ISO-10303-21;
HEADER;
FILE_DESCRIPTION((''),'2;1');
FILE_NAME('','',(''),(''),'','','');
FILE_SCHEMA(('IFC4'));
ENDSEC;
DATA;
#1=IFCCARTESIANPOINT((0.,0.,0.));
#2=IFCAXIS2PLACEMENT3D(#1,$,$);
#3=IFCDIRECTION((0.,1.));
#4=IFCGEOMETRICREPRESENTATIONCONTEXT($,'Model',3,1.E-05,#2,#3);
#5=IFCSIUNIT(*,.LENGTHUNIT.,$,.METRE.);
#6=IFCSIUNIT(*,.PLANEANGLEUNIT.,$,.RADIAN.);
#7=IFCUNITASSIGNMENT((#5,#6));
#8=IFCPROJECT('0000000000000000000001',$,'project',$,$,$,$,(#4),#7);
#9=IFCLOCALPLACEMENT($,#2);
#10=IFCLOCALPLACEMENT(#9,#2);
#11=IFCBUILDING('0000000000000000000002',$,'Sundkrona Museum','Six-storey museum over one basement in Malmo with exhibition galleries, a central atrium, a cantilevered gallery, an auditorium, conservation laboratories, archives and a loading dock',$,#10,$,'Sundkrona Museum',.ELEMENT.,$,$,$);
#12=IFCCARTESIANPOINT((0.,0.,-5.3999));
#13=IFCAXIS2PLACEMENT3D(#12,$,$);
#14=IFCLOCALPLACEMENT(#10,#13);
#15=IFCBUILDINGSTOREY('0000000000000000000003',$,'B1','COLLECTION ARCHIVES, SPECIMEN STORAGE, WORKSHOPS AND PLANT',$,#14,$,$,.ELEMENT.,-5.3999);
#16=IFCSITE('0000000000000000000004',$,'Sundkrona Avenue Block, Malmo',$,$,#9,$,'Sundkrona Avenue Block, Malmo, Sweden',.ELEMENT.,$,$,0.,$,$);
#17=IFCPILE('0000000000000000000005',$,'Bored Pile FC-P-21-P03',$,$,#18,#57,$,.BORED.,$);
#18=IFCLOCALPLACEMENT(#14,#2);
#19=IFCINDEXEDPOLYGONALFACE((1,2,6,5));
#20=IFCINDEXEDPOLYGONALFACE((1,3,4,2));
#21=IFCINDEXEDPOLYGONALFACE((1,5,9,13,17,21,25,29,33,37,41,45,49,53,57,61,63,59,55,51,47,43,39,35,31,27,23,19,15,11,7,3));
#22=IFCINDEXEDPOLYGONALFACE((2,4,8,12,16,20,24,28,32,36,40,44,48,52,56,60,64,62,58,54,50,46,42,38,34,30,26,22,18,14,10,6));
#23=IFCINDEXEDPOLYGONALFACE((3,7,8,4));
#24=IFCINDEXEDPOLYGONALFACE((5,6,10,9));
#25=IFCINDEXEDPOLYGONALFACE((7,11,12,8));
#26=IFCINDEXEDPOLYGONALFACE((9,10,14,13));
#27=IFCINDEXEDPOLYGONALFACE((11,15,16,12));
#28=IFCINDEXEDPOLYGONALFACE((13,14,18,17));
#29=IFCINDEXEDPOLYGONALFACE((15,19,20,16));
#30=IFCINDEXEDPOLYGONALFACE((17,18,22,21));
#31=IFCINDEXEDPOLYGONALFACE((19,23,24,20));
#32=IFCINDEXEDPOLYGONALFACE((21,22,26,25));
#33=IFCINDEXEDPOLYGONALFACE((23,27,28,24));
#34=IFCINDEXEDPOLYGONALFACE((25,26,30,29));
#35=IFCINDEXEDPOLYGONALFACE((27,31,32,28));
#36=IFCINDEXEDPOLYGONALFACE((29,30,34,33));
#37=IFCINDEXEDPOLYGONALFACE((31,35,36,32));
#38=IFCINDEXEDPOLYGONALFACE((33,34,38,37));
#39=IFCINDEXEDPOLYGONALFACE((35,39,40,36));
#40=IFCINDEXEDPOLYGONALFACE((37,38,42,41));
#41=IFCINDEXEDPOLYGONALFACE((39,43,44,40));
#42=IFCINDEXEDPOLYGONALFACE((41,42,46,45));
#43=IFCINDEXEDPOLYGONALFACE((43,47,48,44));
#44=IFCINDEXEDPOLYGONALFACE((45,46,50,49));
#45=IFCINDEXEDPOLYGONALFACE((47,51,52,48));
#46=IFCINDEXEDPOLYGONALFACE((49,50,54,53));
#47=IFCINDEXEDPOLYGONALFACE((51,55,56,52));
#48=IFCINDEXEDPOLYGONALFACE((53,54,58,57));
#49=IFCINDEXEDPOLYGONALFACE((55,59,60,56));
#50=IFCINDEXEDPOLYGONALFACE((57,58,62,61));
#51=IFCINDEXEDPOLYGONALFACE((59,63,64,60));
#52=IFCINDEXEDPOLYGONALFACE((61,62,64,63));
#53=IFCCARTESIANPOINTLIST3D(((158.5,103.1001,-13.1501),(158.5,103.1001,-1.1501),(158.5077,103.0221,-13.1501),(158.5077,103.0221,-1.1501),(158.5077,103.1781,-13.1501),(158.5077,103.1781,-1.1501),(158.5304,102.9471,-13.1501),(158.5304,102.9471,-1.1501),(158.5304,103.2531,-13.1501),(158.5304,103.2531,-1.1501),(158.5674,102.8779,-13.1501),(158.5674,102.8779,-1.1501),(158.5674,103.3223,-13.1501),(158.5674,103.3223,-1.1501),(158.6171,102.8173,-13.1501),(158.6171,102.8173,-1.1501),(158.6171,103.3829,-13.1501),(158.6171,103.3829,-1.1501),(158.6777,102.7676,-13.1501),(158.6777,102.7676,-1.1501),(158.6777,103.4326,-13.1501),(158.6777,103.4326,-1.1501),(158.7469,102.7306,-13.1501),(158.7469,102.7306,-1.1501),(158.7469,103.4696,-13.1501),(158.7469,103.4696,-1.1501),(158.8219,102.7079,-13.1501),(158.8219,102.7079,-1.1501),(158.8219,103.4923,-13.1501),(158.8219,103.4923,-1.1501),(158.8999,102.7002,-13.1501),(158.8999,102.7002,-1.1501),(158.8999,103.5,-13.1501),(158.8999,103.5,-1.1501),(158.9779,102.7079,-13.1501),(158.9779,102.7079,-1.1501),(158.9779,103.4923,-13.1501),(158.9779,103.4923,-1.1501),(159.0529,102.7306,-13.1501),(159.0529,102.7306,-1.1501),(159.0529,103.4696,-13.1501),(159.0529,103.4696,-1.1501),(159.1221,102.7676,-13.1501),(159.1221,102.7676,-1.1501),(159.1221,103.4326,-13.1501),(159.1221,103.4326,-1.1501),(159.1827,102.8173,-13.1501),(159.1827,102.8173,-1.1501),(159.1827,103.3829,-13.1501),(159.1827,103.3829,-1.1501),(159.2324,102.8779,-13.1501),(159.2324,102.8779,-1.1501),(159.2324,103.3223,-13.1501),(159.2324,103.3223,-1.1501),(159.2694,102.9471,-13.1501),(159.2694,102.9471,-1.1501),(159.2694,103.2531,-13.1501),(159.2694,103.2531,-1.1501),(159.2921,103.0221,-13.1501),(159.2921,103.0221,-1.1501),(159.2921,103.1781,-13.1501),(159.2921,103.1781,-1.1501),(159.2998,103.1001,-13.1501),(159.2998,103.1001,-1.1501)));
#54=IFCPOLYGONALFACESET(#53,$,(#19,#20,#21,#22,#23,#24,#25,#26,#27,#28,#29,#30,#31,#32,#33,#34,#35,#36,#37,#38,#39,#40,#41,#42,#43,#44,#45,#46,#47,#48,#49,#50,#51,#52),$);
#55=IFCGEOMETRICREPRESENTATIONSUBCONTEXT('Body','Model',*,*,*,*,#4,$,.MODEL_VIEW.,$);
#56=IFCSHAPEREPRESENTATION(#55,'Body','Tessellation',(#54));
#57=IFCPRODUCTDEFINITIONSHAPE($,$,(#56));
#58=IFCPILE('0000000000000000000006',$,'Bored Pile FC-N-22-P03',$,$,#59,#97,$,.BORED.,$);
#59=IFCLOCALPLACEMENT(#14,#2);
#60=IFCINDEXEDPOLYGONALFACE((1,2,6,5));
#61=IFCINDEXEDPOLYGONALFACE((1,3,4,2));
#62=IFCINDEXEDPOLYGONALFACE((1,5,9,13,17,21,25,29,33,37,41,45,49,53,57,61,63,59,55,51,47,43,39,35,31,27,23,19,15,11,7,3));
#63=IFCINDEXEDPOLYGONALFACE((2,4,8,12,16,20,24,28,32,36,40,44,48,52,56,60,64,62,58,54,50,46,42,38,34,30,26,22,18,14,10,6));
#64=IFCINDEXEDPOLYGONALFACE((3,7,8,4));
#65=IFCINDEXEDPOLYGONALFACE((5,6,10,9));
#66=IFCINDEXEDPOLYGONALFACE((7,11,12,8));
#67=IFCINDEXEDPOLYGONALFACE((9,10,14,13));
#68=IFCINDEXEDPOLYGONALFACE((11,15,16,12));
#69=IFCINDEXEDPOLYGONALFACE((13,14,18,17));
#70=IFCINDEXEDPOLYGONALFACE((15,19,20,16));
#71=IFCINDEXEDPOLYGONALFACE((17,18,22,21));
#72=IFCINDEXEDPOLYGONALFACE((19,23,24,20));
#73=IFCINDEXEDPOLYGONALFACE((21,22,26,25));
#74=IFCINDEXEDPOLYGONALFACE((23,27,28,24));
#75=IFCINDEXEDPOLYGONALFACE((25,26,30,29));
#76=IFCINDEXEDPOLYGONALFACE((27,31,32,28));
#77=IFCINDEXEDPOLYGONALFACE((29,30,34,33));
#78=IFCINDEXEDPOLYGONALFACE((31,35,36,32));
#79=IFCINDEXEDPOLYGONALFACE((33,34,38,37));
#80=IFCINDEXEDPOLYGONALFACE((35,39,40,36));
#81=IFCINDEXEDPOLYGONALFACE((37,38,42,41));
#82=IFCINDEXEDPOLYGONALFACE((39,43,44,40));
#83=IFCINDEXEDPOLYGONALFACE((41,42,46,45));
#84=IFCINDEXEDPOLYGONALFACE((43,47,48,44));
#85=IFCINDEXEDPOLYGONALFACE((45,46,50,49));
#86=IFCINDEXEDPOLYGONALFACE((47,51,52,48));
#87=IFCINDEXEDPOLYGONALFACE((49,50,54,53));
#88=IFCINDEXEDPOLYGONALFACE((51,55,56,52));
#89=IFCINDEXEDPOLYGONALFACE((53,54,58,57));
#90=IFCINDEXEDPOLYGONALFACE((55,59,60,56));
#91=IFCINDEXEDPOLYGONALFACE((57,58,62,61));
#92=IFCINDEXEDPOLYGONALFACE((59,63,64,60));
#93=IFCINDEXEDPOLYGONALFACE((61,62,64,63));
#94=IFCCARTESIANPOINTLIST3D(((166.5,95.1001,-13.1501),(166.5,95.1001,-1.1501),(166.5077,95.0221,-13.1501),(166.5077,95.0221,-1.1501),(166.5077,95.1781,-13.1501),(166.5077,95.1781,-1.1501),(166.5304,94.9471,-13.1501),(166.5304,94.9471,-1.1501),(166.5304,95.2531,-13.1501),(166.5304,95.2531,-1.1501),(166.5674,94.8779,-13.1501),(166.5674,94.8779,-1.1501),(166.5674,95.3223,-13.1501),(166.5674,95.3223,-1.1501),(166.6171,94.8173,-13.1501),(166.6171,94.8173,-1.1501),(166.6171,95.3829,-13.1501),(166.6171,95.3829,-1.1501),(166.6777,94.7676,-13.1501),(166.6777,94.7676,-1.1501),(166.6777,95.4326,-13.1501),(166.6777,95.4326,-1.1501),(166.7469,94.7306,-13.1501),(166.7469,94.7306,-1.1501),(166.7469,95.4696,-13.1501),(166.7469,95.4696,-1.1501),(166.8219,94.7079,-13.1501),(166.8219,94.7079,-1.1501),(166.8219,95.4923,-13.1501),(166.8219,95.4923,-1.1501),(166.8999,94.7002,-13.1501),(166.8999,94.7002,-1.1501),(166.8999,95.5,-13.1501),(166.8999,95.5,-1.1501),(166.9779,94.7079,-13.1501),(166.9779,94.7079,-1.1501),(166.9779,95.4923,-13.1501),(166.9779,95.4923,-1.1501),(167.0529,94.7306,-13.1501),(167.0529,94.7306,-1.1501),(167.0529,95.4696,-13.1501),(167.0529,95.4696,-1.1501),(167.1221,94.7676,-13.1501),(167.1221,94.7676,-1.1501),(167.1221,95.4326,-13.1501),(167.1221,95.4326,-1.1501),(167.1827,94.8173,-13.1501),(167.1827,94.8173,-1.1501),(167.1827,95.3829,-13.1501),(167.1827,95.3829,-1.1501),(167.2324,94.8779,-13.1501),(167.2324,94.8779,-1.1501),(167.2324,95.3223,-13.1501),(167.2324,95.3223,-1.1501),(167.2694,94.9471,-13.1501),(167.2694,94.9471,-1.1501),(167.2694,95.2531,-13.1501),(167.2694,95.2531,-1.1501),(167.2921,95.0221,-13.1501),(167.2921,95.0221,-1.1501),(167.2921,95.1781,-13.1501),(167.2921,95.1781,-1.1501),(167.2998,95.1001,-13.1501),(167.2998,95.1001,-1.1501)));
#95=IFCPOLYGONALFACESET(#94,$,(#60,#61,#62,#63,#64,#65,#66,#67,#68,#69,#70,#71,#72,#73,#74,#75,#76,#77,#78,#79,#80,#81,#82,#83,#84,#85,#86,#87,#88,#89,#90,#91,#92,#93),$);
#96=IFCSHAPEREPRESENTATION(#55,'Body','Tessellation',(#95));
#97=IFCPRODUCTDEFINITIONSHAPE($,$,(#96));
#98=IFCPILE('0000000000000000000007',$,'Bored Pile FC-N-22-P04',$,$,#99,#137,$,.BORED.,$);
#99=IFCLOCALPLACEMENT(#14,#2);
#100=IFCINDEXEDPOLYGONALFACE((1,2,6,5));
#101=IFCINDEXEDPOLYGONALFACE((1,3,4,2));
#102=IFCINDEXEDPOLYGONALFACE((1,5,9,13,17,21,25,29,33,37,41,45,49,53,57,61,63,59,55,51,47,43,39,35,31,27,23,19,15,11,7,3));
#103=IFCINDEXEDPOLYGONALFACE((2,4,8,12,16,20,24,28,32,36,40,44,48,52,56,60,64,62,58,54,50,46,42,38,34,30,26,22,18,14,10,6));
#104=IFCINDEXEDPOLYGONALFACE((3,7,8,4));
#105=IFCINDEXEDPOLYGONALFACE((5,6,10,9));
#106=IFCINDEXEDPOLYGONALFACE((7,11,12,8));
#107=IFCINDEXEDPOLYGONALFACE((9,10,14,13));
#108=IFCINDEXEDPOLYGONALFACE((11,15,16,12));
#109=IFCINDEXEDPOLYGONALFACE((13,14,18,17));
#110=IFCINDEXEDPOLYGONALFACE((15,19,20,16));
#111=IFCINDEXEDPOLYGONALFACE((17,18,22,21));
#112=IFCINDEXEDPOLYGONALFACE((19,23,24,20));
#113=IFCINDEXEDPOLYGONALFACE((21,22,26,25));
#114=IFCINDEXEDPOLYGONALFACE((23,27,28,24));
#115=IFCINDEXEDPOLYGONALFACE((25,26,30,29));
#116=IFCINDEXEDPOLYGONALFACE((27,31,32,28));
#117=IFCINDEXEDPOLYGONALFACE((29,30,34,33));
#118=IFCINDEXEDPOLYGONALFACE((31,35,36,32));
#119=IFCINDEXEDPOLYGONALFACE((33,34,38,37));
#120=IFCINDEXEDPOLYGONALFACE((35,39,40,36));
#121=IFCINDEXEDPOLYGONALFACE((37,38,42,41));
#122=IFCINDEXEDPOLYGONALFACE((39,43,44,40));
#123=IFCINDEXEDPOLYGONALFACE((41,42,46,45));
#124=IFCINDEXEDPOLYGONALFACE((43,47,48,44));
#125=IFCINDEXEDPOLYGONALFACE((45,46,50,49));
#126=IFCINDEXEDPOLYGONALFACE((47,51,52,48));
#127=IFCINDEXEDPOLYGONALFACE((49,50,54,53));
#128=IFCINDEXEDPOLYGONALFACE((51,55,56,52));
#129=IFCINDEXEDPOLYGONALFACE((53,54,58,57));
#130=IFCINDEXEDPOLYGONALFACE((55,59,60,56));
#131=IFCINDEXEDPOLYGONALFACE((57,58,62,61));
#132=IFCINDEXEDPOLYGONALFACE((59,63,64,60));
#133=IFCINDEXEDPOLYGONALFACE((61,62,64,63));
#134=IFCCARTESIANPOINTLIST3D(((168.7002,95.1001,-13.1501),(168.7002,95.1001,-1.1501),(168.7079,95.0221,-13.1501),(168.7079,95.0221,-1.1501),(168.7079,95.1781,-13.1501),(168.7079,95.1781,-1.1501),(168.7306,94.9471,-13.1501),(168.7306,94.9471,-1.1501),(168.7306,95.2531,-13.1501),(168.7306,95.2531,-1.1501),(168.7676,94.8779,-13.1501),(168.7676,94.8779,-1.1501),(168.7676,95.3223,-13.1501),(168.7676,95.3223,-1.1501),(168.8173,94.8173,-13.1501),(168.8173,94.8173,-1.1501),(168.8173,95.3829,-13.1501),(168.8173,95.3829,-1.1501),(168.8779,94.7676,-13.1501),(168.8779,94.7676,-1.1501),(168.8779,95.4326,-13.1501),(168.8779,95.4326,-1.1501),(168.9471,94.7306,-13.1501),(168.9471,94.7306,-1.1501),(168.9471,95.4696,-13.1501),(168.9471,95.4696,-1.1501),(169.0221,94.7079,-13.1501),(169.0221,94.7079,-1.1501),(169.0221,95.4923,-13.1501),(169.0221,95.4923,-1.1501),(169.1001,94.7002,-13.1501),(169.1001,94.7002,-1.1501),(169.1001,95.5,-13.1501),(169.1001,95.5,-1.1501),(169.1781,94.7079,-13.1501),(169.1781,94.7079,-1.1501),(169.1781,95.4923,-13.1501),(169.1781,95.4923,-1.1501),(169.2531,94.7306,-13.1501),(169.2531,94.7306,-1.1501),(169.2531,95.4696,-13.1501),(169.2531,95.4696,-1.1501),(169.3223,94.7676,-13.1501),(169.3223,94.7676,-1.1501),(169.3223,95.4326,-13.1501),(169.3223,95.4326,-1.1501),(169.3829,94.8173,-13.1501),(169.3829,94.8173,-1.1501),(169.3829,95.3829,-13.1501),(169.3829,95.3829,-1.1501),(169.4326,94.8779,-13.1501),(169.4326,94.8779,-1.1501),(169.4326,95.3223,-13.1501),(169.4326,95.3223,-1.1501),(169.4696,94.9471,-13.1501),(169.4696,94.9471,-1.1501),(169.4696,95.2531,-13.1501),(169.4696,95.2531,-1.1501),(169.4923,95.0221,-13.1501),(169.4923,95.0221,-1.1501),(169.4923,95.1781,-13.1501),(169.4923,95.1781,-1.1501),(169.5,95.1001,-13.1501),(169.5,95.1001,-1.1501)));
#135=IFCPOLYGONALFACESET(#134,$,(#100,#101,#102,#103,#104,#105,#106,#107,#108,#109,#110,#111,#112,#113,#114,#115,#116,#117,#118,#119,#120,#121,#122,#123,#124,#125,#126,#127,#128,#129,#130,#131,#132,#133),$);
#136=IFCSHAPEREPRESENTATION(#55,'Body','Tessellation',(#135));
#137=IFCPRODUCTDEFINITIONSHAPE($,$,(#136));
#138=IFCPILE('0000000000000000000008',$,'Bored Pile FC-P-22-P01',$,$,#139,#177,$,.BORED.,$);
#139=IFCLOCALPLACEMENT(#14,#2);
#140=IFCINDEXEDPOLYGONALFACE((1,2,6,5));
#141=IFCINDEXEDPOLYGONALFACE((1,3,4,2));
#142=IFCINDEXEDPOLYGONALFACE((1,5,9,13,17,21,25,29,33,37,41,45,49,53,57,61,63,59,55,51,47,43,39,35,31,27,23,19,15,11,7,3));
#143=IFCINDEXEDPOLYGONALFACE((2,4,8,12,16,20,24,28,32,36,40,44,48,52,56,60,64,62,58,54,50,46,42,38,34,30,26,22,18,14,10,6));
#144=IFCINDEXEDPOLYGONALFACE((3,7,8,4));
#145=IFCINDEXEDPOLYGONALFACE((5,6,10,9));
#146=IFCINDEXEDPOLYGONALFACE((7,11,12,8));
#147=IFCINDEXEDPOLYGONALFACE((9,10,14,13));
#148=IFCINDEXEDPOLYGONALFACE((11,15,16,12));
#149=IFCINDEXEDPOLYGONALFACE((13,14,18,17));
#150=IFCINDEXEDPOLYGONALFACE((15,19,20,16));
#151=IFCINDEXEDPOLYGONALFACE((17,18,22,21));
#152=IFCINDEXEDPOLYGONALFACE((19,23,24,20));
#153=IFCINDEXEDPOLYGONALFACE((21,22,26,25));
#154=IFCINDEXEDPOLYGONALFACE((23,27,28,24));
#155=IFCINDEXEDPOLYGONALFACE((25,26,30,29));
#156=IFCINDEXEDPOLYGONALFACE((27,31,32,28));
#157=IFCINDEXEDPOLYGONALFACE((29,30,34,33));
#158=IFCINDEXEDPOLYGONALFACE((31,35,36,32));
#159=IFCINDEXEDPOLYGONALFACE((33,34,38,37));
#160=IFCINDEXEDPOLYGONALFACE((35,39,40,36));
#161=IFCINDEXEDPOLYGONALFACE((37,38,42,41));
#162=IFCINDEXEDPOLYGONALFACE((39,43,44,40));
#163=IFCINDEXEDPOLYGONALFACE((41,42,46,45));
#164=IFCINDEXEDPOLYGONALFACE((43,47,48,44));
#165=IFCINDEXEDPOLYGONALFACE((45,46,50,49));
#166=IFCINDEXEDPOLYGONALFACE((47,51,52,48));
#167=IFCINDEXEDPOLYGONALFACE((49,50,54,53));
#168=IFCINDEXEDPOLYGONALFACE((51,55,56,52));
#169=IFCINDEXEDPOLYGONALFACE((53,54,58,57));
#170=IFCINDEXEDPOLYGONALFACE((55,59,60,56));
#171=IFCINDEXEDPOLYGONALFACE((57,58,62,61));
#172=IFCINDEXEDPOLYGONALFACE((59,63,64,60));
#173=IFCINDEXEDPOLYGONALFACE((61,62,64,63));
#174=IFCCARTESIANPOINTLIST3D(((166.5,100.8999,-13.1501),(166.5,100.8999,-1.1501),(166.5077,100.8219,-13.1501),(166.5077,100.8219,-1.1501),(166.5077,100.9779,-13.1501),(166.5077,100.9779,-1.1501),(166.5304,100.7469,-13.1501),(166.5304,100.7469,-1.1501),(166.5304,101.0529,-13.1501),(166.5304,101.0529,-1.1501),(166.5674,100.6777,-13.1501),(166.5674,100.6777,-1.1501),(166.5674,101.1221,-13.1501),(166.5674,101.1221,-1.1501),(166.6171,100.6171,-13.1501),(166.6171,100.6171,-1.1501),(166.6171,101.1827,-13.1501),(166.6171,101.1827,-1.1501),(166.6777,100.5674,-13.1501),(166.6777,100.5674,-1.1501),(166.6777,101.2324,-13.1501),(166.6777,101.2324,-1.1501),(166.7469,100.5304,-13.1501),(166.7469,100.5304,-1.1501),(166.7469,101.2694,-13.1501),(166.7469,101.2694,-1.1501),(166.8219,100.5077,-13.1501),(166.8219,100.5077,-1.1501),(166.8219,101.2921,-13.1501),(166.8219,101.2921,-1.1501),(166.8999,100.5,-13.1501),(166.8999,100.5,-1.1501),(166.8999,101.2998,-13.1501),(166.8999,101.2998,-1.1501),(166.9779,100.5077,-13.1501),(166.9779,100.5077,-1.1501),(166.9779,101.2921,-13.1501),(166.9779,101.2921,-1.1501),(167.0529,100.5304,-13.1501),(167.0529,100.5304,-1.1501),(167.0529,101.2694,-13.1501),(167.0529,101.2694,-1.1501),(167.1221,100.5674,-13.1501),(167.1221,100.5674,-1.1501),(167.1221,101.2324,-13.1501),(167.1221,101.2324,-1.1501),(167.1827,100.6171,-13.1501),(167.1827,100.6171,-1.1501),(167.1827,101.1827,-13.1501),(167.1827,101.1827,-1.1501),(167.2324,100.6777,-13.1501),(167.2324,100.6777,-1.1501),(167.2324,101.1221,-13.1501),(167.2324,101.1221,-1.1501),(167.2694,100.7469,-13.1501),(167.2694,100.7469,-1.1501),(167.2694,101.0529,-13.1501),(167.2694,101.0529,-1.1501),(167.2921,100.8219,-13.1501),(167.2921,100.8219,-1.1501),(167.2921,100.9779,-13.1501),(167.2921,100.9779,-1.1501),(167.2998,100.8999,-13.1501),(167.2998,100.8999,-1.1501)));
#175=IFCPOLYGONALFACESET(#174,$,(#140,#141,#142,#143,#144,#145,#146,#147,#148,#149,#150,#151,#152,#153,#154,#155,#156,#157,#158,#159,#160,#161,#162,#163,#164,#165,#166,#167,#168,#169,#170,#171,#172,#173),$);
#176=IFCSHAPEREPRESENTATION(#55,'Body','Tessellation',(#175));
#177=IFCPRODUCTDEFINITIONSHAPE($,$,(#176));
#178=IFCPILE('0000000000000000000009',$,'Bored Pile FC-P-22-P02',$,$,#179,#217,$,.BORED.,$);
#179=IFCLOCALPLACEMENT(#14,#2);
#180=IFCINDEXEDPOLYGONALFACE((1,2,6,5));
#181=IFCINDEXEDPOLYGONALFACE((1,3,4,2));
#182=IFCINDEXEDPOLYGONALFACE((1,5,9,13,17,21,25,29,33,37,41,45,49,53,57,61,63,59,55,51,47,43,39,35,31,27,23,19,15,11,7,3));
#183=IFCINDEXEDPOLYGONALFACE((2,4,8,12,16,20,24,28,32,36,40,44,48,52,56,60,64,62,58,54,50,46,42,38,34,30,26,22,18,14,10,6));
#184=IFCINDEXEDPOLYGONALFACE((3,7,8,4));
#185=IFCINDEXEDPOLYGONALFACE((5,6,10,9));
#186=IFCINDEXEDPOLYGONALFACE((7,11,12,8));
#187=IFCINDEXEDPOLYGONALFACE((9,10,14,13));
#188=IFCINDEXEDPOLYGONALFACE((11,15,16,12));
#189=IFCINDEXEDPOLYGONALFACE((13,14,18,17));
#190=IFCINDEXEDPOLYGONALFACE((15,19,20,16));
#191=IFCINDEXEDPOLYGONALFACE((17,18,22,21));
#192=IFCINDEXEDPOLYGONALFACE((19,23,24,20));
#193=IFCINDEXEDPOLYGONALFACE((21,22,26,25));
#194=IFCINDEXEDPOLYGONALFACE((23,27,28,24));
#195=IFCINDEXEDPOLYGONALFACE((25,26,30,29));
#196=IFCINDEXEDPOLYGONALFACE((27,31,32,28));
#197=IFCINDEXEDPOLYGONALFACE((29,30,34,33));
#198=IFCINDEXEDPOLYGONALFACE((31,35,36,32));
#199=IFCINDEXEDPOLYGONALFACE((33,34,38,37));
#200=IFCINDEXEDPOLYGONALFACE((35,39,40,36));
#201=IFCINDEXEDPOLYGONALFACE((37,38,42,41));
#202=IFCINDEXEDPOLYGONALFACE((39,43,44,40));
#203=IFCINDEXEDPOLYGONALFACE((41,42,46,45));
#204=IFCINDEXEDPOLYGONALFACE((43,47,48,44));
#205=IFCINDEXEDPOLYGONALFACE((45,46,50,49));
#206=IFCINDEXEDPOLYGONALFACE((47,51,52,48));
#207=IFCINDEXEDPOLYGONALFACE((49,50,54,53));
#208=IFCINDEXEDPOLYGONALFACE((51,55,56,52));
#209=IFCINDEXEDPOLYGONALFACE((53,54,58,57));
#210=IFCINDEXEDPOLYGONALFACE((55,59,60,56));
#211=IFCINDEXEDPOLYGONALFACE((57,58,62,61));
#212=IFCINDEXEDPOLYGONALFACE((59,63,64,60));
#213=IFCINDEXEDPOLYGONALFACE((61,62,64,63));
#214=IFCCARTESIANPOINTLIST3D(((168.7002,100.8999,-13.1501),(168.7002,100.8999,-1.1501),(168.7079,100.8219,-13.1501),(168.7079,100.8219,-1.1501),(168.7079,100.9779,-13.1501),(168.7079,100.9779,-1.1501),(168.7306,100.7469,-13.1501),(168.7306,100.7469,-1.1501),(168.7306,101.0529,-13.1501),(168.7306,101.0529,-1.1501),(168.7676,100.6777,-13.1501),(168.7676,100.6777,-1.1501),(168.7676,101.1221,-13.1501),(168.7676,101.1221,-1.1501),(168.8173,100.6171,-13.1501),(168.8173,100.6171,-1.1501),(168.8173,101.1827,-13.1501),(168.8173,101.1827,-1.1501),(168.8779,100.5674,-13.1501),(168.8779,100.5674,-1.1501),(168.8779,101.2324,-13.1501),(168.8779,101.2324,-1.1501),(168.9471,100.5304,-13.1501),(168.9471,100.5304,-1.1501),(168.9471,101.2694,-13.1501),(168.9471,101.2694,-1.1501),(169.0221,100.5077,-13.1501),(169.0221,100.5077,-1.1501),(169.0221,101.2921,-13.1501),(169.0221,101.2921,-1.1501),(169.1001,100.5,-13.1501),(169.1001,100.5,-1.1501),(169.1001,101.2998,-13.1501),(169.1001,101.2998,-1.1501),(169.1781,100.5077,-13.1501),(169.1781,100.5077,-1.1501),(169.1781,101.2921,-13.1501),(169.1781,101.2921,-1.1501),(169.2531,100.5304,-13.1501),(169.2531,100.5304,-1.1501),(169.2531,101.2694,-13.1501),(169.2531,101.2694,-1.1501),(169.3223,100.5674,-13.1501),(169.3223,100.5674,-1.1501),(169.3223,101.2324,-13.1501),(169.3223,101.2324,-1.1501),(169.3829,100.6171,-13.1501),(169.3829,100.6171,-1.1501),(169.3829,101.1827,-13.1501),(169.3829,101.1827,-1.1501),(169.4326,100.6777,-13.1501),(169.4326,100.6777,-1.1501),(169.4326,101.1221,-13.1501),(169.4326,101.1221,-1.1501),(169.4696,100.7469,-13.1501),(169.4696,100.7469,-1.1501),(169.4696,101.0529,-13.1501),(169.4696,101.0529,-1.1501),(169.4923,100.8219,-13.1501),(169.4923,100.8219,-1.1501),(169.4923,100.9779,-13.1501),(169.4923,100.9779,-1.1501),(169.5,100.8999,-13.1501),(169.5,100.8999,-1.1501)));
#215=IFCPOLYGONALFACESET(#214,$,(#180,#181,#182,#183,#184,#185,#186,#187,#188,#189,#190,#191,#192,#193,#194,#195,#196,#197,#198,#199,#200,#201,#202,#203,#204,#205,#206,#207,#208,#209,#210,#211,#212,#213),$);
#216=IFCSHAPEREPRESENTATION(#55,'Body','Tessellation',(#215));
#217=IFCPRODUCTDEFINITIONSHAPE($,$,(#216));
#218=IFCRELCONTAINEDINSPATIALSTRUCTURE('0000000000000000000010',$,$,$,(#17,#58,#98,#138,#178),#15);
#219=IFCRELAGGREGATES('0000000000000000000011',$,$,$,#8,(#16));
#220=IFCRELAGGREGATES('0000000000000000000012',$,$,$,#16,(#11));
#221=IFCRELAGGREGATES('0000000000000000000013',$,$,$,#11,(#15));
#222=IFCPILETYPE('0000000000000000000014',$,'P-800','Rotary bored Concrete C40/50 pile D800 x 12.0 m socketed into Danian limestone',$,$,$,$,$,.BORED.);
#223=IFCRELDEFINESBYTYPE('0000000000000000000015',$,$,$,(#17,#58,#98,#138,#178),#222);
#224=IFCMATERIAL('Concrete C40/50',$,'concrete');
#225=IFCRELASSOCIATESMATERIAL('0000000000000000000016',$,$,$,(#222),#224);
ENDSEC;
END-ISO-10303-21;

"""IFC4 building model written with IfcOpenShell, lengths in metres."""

from ifc_helpers import new_model, si_unit, direction, frame, origin, origin_2d, place, context, subcontext, project, spatial, circle, extrude, material, material_profile, profile_set, type_object, element, save


model = new_model("IFC4")

# Units and contexts
model_context = context("Model", 3, precision=1e-05, world=origin(), true_north=direction((0.0, 1.0)))
body_context = subcontext(model_context, "Body", "Model", "MODEL_VIEW")
ifc_project = project(units=[si_unit("LENGTHUNIT", "METRE"), si_unit("PLANEANGLEUNIT", "RADIAN")], contexts=[model_context])

# Site, building, storey
site_placement = place(None, origin())
site = spatial("IfcSite", under=ifc_project, at=site_placement, Name="Sundkrona Avenue Block, Malmo", LongName="Sundkrona Avenue Block, Malmo, Sweden", CompositionType="ELEMENT", RefElevation=0.0)
building_placement = place(site_placement, origin())
building = spatial("IfcBuilding", under=site, at=building_placement, Name="Sundkrona Museum", Description="Six-storey museum over one basement in Malmo with exhibition galleries, a central atrium, a cantilevered gallery, an auditorium, conservation laboratories, archives and a loading dock", LongName="Sundkrona Museum", CompositionType="ELEMENT")
storey_placement = place(building_placement, frame((0.0, 0.0, -5.3999)))
storey = spatial("IfcBuildingStorey", under=building, at=storey_placement, Name="B1", Description="COLLECTION ARCHIVES, SPECIMEN STORAGE, WORKSHOPS AND PLANT", CompositionType="ELEMENT", Elevation=-5.3999)

# Shared definitions
ifc_material_1 = material(Name="Concrete C40/50", Category="concrete")

# Piles
ifc_material_profile_1 = material_profile(ifc_material_1, circle(Radius=0.3999, at=origin_2d()), Name="PILE D800")
ifc_profile_set_1 = profile_set([ifc_material_profile_1], Name="Concrete C40/50")
pile_type = type_object("IfcPileType", Name="P-800", Description="Rotary bored Concrete C40/50 pile D800 x 12.0 m socketed into Danian limestone", PredefinedType="BORED", material=ifc_profile_set_1)
for number, where, z_axis, x_axis, name in (
    (1, (158.8999, 103.1001, -1.1501), (0.0, 0.0, -1.0), (1.0, 0.0, 0.0), "Bored Pile FC-P-21-P03"),
    (2, (166.8999, 95.1001, -1.1501), (0.0, 0.0, -1.0), (1.0, 0.0, 0.0), "Bored Pile FC-N-22-P03"),
    (3, (169.1001, 95.1001, -1.1501), (0.0, 0.0, -1.0), (1.0, 0.0, 0.0), "Bored Pile FC-N-22-P04"),
    (4, (166.8999, 100.8999, -1.1501), (0.0, 0.0, -1.0), (1.0, 0.0, 0.0), "Bored Pile FC-P-22-P01"),
    (5, (169.1001, 100.8999, -1.1501), (0.0, 0.0, -1.0), (1.0, 0.0, 0.0), "Bored Pile FC-P-22-P02"),
):
    element("IfcPile", number, at=place(storey_placement, frame(where, z_axis=z_axis, x_axis=x_axis)), inside=storey, type_object=pile_type, Name=name, PredefinedType="BORED", context=body_context, shape_type="SweptSolid", body=[
        extrude(circle(Radius=0.3999, at=origin_2d()), origin(), (0.0, 0.0, 1.0), 12.0),
    ])

save(model, "model.ifc")
